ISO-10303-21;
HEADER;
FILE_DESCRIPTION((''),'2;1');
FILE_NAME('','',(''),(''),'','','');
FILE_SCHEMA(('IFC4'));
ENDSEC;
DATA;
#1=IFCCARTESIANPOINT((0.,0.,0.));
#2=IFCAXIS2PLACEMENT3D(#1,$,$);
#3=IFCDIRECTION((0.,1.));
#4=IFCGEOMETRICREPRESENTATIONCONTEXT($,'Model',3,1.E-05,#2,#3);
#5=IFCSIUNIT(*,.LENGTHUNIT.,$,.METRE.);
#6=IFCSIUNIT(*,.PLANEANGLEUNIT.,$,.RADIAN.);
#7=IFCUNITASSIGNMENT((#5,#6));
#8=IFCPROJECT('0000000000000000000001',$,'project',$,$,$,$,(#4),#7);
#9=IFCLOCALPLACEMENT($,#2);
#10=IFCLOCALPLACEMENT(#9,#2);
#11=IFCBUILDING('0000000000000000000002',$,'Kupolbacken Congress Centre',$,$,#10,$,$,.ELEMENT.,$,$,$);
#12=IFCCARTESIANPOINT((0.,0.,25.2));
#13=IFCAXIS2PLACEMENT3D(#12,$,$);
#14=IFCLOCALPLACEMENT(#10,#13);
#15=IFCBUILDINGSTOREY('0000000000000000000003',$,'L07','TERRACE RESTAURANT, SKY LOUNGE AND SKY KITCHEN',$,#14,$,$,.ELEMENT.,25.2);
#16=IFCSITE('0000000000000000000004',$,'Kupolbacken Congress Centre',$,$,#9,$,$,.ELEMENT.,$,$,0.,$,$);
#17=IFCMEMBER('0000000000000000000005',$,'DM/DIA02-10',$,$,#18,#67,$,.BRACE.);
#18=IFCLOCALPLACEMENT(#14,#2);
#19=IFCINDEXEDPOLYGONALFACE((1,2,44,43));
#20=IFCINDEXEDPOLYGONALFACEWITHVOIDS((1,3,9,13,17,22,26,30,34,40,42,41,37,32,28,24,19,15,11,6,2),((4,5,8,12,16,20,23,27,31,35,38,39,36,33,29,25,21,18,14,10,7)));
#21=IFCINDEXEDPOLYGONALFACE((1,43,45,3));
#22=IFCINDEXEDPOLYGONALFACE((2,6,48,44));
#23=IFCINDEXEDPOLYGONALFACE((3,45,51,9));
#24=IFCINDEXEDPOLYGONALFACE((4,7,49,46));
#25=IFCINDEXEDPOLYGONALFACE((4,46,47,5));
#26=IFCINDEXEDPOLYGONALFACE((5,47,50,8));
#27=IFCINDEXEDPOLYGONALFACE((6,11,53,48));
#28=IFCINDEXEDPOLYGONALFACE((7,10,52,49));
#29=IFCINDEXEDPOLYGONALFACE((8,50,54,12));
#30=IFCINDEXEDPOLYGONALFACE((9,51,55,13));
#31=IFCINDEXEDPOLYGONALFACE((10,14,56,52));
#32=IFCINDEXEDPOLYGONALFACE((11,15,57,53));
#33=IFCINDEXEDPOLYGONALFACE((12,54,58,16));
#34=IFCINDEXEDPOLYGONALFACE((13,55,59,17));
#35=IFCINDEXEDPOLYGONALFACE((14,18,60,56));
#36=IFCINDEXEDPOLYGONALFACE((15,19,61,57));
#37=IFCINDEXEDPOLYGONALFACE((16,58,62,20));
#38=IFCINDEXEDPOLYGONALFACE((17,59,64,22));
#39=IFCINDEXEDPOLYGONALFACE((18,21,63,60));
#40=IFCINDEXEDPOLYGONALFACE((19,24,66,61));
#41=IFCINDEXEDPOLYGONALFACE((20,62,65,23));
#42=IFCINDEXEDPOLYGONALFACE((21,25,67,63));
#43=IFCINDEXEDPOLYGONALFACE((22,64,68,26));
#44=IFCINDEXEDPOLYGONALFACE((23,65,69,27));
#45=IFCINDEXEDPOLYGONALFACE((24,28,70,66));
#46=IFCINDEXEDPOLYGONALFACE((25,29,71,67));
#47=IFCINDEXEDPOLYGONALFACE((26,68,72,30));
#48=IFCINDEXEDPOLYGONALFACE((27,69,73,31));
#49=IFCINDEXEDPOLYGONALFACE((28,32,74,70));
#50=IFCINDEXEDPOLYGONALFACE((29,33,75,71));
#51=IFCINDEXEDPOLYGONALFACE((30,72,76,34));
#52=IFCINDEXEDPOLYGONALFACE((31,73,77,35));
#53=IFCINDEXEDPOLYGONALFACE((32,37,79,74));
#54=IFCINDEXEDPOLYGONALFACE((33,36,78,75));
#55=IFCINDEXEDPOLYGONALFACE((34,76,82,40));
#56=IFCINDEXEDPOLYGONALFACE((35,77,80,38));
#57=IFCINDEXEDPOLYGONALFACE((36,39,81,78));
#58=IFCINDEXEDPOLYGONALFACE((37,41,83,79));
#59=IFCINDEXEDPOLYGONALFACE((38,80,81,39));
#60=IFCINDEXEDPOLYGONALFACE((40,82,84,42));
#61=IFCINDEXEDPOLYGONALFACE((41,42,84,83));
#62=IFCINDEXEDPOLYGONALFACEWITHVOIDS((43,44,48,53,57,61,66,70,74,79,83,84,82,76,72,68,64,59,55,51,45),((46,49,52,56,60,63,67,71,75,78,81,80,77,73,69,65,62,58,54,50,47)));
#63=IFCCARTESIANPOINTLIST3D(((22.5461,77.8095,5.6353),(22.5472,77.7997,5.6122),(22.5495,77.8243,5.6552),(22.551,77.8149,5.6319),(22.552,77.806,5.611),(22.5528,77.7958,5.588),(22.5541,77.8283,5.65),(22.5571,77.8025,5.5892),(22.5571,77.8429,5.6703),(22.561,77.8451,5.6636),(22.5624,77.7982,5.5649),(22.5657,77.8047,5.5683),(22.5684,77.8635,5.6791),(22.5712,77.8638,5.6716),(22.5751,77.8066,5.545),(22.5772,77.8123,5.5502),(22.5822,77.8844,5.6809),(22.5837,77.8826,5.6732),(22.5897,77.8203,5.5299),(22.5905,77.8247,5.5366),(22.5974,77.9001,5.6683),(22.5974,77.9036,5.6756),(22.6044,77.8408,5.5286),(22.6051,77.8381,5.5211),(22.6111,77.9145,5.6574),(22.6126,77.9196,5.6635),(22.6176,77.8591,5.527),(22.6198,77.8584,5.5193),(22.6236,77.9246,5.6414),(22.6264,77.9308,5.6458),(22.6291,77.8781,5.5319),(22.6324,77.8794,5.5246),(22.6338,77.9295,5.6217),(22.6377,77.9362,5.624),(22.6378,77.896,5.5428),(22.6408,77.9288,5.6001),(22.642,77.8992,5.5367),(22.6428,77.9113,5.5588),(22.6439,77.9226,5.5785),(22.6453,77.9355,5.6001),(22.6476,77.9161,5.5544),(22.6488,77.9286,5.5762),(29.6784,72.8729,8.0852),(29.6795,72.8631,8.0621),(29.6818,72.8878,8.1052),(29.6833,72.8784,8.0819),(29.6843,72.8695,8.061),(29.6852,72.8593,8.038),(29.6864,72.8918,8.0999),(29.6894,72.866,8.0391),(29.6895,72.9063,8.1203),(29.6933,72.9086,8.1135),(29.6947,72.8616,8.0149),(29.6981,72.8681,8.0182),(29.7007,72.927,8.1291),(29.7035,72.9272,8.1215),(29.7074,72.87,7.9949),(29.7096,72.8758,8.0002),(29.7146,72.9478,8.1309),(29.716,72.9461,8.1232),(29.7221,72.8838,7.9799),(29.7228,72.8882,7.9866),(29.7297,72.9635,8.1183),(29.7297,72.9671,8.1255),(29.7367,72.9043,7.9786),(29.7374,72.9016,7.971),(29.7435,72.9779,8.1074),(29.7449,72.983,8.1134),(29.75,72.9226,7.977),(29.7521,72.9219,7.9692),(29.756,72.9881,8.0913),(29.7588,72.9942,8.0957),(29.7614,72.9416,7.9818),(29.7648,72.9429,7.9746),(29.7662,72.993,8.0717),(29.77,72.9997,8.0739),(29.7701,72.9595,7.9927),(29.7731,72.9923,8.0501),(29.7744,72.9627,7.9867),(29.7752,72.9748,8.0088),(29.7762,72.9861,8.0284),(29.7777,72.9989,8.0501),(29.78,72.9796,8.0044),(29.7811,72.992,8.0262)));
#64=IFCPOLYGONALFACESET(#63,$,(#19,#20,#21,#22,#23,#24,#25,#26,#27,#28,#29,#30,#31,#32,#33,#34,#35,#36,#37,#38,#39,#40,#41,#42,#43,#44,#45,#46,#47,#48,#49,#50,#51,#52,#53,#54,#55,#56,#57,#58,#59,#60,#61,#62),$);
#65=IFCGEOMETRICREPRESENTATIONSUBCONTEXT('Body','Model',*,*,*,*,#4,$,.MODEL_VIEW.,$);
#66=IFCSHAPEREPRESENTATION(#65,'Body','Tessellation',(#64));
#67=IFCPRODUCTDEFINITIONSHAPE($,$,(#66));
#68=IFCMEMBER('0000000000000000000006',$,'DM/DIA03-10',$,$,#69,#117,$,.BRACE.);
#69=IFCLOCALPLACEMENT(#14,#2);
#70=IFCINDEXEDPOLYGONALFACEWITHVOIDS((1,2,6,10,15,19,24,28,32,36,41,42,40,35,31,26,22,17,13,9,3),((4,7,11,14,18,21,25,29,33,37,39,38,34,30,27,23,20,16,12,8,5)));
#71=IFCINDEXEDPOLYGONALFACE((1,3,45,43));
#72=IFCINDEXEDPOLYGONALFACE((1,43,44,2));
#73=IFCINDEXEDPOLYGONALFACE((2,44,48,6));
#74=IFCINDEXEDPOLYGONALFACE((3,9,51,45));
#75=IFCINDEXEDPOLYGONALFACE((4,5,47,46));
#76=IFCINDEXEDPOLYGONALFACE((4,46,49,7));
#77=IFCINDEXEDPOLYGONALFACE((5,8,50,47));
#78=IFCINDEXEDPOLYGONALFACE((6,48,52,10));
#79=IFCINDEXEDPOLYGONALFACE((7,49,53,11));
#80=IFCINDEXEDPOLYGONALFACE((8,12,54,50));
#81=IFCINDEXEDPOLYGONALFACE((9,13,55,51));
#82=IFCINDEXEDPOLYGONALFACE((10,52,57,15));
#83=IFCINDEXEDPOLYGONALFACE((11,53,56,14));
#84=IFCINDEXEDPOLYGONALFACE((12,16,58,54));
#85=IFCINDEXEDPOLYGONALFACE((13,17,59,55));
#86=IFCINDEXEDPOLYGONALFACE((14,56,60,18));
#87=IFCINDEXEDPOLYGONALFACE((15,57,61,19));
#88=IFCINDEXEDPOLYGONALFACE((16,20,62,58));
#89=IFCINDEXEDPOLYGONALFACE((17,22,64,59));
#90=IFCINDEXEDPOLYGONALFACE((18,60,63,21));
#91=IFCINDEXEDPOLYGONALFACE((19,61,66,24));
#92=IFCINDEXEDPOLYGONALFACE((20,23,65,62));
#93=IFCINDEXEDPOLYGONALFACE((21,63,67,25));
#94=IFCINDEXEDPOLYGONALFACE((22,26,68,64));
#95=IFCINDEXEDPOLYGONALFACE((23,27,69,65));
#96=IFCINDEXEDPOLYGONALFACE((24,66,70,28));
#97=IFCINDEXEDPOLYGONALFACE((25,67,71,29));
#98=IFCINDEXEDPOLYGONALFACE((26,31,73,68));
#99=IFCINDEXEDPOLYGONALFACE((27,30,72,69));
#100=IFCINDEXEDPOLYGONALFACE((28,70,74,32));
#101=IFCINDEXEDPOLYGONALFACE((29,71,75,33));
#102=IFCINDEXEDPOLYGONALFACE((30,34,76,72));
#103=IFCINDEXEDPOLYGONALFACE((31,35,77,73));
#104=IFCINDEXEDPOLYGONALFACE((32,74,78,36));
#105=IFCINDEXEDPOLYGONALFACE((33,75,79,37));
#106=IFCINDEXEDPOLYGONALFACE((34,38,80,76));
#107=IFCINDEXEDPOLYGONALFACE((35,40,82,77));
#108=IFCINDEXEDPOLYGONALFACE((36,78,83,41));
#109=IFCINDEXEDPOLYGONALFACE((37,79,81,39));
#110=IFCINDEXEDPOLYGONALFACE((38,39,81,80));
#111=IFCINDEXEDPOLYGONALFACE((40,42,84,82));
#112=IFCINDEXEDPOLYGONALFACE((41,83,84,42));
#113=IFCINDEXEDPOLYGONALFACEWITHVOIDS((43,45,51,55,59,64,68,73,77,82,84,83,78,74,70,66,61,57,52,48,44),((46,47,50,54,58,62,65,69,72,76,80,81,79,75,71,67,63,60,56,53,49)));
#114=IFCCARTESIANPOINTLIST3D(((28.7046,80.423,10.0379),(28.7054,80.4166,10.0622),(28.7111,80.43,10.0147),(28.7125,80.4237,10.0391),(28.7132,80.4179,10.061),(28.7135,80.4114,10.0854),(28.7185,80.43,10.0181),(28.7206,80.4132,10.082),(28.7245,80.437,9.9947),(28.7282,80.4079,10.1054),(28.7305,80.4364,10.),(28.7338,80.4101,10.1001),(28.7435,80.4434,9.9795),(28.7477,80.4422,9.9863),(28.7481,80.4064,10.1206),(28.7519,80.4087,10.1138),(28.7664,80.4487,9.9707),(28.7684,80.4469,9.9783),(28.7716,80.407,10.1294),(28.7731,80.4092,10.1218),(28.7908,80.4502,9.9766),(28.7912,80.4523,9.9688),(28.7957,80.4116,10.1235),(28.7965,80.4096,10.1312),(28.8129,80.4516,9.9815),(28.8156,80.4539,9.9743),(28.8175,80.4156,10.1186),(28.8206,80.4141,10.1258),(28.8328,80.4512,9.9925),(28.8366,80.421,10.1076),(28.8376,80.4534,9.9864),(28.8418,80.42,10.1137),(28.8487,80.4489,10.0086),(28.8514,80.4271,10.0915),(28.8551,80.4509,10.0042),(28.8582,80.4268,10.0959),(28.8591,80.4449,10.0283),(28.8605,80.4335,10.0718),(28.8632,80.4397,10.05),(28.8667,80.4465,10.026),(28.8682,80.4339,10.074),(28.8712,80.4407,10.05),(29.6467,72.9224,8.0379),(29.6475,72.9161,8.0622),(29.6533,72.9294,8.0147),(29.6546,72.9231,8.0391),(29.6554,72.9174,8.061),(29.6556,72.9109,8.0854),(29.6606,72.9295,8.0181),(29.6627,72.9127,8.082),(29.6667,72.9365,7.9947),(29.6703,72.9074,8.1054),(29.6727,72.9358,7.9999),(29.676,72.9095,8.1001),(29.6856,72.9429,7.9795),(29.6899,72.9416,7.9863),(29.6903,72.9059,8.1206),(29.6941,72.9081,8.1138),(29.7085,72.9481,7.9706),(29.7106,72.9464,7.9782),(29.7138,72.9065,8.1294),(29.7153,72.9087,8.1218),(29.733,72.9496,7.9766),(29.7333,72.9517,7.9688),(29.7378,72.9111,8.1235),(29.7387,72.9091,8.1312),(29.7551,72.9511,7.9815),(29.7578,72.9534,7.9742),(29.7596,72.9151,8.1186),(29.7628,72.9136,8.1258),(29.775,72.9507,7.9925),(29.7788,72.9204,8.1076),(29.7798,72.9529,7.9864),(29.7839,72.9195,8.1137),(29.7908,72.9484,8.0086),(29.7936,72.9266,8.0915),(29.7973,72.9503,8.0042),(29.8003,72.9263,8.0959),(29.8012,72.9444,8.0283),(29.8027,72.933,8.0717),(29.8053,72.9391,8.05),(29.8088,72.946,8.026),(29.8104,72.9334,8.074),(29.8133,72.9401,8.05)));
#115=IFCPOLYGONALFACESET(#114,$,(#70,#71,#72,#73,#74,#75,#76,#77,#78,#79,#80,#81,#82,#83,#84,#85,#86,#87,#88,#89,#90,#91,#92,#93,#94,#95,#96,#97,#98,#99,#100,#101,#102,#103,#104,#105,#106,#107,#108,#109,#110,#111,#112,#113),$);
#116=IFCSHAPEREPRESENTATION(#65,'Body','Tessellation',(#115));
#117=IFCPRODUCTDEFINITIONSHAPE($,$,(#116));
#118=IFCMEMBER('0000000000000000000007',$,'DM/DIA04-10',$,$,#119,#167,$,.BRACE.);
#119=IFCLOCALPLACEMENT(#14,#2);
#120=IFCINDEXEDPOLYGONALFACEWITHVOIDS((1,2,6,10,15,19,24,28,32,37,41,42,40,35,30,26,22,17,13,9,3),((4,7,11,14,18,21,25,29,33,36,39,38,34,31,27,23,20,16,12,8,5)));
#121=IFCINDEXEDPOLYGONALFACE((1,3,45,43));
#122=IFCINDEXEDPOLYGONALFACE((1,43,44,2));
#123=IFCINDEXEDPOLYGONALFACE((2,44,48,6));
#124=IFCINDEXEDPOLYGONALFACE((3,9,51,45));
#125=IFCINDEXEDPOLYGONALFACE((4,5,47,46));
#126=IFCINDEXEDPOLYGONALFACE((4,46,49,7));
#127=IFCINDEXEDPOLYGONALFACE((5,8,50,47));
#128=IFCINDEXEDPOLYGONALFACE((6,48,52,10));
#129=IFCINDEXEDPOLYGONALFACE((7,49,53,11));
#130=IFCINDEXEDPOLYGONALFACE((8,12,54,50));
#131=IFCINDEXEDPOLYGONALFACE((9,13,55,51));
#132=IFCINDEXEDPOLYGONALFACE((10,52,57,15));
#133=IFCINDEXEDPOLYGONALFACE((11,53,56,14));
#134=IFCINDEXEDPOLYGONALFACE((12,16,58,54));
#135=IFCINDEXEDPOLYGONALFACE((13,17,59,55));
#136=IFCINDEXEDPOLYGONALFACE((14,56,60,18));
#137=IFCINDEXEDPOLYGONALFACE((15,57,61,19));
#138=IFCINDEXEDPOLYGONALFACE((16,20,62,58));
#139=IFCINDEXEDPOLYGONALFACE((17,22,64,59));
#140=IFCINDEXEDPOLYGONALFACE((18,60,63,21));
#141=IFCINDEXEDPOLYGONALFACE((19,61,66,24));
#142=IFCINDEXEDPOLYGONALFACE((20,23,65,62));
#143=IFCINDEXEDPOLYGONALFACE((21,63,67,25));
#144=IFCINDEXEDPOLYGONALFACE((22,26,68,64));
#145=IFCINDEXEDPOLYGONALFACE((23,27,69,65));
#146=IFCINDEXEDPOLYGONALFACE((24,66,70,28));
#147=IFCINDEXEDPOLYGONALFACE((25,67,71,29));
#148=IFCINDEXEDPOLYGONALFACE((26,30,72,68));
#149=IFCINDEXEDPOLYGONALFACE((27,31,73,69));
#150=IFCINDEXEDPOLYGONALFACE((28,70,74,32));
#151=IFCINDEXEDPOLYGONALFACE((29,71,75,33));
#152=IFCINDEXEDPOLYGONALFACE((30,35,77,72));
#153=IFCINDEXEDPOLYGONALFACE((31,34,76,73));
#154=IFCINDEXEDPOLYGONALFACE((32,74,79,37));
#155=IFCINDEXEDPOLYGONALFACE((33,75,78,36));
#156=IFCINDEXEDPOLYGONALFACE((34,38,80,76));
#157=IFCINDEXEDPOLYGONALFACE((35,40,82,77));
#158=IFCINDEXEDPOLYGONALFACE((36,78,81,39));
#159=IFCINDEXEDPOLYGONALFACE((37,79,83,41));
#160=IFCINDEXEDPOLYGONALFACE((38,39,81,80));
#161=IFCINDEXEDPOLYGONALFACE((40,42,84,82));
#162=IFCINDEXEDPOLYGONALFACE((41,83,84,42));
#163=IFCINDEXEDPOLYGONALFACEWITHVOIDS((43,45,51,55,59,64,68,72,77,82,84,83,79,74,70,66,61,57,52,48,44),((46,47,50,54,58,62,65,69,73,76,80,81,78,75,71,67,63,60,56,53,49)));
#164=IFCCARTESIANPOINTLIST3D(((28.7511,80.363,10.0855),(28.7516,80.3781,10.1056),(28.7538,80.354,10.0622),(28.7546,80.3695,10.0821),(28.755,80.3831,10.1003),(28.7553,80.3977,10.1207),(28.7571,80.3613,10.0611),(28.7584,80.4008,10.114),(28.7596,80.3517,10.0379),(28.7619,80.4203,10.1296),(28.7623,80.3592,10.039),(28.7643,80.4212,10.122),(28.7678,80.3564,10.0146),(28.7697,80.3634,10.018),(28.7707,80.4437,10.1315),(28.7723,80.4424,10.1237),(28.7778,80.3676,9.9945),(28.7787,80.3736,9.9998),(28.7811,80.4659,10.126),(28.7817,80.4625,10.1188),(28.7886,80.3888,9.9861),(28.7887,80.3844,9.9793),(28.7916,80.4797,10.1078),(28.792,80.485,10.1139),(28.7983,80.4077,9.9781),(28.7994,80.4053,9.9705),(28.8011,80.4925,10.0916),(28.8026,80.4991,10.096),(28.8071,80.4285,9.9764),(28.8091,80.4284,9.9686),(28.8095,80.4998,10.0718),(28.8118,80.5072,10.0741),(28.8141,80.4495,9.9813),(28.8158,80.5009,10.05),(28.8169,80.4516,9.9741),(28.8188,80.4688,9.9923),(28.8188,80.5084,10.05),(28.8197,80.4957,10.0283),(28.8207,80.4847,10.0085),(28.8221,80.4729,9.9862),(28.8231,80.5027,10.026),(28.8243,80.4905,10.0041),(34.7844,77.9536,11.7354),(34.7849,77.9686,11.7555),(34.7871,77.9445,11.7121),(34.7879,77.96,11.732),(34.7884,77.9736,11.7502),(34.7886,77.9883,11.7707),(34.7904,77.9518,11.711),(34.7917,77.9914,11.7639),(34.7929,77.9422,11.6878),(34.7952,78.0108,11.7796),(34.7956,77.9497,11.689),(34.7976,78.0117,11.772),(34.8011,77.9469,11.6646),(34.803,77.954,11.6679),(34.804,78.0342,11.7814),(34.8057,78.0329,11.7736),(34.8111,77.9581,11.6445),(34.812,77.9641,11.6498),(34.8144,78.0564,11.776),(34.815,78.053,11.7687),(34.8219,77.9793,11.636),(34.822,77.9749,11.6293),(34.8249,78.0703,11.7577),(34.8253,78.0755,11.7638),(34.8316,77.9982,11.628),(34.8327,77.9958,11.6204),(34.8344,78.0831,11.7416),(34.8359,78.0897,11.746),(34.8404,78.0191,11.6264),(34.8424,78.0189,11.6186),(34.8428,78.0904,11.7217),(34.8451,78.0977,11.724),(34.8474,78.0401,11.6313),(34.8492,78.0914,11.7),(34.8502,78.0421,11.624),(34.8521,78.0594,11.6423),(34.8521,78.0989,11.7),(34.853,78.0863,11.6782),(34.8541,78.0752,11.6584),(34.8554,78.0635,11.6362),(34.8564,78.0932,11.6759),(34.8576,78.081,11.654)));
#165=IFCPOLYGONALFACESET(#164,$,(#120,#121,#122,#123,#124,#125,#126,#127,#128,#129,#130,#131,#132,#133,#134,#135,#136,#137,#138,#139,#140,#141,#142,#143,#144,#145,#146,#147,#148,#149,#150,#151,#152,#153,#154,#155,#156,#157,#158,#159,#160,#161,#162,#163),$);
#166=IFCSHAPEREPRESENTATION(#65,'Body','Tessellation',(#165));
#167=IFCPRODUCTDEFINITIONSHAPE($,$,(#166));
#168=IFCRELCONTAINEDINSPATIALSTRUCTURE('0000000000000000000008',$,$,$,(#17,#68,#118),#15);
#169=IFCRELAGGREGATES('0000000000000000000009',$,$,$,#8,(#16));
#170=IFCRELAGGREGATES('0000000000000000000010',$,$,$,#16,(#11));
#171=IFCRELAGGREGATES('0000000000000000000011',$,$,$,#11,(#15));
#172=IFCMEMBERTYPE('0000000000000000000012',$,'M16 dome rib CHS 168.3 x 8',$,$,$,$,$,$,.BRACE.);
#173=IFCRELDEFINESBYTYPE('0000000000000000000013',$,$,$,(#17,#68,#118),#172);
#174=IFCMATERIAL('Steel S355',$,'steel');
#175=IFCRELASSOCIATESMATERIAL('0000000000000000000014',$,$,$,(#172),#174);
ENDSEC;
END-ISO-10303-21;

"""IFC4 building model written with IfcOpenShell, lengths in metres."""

from ifc_helpers import new_model, si_unit, direction, frame, origin, origin_2d, place, context, subcontext, project, spatial, hollow_circle, extrude, material, material_profile, profile_set, type_object, element, save


model = new_model("IFC4")

# Units and contexts
model_context = context("Model", 3, precision=1e-05, world=origin(), true_north=direction((0.0, 1.0)))
body_context = subcontext(model_context, "Body", "Model", "MODEL_VIEW")
ifc_project = project(units=[si_unit("LENGTHUNIT", "METRE"), si_unit("PLANEANGLEUNIT", "RADIAN")], contexts=[model_context])

# Site, building, storey
site_placement = place(None, origin())
site = spatial("IfcSite", under=ifc_project, at=site_placement, Name="Kupolbacken Congress Centre", CompositionType="ELEMENT", RefElevation=0.0)
building_placement = place(site_placement, origin())
building = spatial("IfcBuilding", under=site, at=building_placement, Name="Kupolbacken Congress Centre", CompositionType="ELEMENT")
storey_placement = place(building_placement, frame((0.0, 0.0, 25.2)))
storey = spatial("IfcBuildingStorey", under=building, at=storey_placement, Name="L07", Description="TERRACE RESTAURANT, SKY LOUNGE AND SKY KITCHEN", CompositionType="ELEMENT", Elevation=25.2)

# Members
ifc_material_1 = material(Name="Steel S355", Category="steel")
ifc_material_profile_1 = material_profile(ifc_material_1, hollow_circle(Radius=0.0842, WallThickness=0.0081, at=origin_2d()), Name="CHS 168.3 x 8")
ifc_profile_set_1 = profile_set([ifc_material_profile_1], Name="Steel S355")
member_type_1 = type_object("IfcMemberType", Name="M16 dome rib CHS 168.3 x 8", PredefinedType="BRACE", material=ifc_profile_set_1)
member_1_placement = place(storey_placement, frame((22.5974, 77.8662, 5.6001), z_axis=(0.791301, -0.547687, 0.271812), x_axis=(0.569113, 0.822259, 0.0)))
element("IfcMember", 1, at=member_1_placement, inside=storey, type_object=member_type_1, Name="DM/DIA02-10", PredefinedType="BRACE", context=body_context, shape_type="SweptSolid", body=[
    extrude(hollow_circle(Radius=0.0842, WallThickness=0.0081, at=origin_2d()), origin(), (0.0, 0.0, 1.0), 9.0134),
])
member_2_placement = place(storey_placement, frame((28.7876, 80.4302, 10.05), z_axis=(0.120485, -0.9592, -0.25577), x_axis=(0.992203, 0.124631, 0.0)))
element("IfcMember", 2, at=member_2_placement, inside=storey, type_object=member_type_1, Name="DM/DIA03-10", PredefinedType="BRACE", context=body_context, shape_type="SweptSolid", body=[
    extrude(hollow_circle(Radius=0.0842, WallThickness=0.0081, at=origin_2d()), origin(), (0.0, 0.0, 1.0), 7.8196),
])
member_3_placement = place(storey_placement, frame((28.7876, 80.4302, 10.05), z_axis=(0.900107, -0.359467, 0.246153), x_axis=(0.370879, 0.928681, 0.0)))
element("IfcMember", 3, at=member_3_placement, inside=storey, type_object=member_type_1, Name="DM/DIA04-10", PredefinedType="BRACE", context=body_context, shape_type="SweptSolid", body=[
    extrude(hollow_circle(Radius=0.0842, WallThickness=0.0081, at=origin_2d()), origin(), (0.0, 0.0, 1.0), 6.7029),
])

save(model, "model.ifc")
